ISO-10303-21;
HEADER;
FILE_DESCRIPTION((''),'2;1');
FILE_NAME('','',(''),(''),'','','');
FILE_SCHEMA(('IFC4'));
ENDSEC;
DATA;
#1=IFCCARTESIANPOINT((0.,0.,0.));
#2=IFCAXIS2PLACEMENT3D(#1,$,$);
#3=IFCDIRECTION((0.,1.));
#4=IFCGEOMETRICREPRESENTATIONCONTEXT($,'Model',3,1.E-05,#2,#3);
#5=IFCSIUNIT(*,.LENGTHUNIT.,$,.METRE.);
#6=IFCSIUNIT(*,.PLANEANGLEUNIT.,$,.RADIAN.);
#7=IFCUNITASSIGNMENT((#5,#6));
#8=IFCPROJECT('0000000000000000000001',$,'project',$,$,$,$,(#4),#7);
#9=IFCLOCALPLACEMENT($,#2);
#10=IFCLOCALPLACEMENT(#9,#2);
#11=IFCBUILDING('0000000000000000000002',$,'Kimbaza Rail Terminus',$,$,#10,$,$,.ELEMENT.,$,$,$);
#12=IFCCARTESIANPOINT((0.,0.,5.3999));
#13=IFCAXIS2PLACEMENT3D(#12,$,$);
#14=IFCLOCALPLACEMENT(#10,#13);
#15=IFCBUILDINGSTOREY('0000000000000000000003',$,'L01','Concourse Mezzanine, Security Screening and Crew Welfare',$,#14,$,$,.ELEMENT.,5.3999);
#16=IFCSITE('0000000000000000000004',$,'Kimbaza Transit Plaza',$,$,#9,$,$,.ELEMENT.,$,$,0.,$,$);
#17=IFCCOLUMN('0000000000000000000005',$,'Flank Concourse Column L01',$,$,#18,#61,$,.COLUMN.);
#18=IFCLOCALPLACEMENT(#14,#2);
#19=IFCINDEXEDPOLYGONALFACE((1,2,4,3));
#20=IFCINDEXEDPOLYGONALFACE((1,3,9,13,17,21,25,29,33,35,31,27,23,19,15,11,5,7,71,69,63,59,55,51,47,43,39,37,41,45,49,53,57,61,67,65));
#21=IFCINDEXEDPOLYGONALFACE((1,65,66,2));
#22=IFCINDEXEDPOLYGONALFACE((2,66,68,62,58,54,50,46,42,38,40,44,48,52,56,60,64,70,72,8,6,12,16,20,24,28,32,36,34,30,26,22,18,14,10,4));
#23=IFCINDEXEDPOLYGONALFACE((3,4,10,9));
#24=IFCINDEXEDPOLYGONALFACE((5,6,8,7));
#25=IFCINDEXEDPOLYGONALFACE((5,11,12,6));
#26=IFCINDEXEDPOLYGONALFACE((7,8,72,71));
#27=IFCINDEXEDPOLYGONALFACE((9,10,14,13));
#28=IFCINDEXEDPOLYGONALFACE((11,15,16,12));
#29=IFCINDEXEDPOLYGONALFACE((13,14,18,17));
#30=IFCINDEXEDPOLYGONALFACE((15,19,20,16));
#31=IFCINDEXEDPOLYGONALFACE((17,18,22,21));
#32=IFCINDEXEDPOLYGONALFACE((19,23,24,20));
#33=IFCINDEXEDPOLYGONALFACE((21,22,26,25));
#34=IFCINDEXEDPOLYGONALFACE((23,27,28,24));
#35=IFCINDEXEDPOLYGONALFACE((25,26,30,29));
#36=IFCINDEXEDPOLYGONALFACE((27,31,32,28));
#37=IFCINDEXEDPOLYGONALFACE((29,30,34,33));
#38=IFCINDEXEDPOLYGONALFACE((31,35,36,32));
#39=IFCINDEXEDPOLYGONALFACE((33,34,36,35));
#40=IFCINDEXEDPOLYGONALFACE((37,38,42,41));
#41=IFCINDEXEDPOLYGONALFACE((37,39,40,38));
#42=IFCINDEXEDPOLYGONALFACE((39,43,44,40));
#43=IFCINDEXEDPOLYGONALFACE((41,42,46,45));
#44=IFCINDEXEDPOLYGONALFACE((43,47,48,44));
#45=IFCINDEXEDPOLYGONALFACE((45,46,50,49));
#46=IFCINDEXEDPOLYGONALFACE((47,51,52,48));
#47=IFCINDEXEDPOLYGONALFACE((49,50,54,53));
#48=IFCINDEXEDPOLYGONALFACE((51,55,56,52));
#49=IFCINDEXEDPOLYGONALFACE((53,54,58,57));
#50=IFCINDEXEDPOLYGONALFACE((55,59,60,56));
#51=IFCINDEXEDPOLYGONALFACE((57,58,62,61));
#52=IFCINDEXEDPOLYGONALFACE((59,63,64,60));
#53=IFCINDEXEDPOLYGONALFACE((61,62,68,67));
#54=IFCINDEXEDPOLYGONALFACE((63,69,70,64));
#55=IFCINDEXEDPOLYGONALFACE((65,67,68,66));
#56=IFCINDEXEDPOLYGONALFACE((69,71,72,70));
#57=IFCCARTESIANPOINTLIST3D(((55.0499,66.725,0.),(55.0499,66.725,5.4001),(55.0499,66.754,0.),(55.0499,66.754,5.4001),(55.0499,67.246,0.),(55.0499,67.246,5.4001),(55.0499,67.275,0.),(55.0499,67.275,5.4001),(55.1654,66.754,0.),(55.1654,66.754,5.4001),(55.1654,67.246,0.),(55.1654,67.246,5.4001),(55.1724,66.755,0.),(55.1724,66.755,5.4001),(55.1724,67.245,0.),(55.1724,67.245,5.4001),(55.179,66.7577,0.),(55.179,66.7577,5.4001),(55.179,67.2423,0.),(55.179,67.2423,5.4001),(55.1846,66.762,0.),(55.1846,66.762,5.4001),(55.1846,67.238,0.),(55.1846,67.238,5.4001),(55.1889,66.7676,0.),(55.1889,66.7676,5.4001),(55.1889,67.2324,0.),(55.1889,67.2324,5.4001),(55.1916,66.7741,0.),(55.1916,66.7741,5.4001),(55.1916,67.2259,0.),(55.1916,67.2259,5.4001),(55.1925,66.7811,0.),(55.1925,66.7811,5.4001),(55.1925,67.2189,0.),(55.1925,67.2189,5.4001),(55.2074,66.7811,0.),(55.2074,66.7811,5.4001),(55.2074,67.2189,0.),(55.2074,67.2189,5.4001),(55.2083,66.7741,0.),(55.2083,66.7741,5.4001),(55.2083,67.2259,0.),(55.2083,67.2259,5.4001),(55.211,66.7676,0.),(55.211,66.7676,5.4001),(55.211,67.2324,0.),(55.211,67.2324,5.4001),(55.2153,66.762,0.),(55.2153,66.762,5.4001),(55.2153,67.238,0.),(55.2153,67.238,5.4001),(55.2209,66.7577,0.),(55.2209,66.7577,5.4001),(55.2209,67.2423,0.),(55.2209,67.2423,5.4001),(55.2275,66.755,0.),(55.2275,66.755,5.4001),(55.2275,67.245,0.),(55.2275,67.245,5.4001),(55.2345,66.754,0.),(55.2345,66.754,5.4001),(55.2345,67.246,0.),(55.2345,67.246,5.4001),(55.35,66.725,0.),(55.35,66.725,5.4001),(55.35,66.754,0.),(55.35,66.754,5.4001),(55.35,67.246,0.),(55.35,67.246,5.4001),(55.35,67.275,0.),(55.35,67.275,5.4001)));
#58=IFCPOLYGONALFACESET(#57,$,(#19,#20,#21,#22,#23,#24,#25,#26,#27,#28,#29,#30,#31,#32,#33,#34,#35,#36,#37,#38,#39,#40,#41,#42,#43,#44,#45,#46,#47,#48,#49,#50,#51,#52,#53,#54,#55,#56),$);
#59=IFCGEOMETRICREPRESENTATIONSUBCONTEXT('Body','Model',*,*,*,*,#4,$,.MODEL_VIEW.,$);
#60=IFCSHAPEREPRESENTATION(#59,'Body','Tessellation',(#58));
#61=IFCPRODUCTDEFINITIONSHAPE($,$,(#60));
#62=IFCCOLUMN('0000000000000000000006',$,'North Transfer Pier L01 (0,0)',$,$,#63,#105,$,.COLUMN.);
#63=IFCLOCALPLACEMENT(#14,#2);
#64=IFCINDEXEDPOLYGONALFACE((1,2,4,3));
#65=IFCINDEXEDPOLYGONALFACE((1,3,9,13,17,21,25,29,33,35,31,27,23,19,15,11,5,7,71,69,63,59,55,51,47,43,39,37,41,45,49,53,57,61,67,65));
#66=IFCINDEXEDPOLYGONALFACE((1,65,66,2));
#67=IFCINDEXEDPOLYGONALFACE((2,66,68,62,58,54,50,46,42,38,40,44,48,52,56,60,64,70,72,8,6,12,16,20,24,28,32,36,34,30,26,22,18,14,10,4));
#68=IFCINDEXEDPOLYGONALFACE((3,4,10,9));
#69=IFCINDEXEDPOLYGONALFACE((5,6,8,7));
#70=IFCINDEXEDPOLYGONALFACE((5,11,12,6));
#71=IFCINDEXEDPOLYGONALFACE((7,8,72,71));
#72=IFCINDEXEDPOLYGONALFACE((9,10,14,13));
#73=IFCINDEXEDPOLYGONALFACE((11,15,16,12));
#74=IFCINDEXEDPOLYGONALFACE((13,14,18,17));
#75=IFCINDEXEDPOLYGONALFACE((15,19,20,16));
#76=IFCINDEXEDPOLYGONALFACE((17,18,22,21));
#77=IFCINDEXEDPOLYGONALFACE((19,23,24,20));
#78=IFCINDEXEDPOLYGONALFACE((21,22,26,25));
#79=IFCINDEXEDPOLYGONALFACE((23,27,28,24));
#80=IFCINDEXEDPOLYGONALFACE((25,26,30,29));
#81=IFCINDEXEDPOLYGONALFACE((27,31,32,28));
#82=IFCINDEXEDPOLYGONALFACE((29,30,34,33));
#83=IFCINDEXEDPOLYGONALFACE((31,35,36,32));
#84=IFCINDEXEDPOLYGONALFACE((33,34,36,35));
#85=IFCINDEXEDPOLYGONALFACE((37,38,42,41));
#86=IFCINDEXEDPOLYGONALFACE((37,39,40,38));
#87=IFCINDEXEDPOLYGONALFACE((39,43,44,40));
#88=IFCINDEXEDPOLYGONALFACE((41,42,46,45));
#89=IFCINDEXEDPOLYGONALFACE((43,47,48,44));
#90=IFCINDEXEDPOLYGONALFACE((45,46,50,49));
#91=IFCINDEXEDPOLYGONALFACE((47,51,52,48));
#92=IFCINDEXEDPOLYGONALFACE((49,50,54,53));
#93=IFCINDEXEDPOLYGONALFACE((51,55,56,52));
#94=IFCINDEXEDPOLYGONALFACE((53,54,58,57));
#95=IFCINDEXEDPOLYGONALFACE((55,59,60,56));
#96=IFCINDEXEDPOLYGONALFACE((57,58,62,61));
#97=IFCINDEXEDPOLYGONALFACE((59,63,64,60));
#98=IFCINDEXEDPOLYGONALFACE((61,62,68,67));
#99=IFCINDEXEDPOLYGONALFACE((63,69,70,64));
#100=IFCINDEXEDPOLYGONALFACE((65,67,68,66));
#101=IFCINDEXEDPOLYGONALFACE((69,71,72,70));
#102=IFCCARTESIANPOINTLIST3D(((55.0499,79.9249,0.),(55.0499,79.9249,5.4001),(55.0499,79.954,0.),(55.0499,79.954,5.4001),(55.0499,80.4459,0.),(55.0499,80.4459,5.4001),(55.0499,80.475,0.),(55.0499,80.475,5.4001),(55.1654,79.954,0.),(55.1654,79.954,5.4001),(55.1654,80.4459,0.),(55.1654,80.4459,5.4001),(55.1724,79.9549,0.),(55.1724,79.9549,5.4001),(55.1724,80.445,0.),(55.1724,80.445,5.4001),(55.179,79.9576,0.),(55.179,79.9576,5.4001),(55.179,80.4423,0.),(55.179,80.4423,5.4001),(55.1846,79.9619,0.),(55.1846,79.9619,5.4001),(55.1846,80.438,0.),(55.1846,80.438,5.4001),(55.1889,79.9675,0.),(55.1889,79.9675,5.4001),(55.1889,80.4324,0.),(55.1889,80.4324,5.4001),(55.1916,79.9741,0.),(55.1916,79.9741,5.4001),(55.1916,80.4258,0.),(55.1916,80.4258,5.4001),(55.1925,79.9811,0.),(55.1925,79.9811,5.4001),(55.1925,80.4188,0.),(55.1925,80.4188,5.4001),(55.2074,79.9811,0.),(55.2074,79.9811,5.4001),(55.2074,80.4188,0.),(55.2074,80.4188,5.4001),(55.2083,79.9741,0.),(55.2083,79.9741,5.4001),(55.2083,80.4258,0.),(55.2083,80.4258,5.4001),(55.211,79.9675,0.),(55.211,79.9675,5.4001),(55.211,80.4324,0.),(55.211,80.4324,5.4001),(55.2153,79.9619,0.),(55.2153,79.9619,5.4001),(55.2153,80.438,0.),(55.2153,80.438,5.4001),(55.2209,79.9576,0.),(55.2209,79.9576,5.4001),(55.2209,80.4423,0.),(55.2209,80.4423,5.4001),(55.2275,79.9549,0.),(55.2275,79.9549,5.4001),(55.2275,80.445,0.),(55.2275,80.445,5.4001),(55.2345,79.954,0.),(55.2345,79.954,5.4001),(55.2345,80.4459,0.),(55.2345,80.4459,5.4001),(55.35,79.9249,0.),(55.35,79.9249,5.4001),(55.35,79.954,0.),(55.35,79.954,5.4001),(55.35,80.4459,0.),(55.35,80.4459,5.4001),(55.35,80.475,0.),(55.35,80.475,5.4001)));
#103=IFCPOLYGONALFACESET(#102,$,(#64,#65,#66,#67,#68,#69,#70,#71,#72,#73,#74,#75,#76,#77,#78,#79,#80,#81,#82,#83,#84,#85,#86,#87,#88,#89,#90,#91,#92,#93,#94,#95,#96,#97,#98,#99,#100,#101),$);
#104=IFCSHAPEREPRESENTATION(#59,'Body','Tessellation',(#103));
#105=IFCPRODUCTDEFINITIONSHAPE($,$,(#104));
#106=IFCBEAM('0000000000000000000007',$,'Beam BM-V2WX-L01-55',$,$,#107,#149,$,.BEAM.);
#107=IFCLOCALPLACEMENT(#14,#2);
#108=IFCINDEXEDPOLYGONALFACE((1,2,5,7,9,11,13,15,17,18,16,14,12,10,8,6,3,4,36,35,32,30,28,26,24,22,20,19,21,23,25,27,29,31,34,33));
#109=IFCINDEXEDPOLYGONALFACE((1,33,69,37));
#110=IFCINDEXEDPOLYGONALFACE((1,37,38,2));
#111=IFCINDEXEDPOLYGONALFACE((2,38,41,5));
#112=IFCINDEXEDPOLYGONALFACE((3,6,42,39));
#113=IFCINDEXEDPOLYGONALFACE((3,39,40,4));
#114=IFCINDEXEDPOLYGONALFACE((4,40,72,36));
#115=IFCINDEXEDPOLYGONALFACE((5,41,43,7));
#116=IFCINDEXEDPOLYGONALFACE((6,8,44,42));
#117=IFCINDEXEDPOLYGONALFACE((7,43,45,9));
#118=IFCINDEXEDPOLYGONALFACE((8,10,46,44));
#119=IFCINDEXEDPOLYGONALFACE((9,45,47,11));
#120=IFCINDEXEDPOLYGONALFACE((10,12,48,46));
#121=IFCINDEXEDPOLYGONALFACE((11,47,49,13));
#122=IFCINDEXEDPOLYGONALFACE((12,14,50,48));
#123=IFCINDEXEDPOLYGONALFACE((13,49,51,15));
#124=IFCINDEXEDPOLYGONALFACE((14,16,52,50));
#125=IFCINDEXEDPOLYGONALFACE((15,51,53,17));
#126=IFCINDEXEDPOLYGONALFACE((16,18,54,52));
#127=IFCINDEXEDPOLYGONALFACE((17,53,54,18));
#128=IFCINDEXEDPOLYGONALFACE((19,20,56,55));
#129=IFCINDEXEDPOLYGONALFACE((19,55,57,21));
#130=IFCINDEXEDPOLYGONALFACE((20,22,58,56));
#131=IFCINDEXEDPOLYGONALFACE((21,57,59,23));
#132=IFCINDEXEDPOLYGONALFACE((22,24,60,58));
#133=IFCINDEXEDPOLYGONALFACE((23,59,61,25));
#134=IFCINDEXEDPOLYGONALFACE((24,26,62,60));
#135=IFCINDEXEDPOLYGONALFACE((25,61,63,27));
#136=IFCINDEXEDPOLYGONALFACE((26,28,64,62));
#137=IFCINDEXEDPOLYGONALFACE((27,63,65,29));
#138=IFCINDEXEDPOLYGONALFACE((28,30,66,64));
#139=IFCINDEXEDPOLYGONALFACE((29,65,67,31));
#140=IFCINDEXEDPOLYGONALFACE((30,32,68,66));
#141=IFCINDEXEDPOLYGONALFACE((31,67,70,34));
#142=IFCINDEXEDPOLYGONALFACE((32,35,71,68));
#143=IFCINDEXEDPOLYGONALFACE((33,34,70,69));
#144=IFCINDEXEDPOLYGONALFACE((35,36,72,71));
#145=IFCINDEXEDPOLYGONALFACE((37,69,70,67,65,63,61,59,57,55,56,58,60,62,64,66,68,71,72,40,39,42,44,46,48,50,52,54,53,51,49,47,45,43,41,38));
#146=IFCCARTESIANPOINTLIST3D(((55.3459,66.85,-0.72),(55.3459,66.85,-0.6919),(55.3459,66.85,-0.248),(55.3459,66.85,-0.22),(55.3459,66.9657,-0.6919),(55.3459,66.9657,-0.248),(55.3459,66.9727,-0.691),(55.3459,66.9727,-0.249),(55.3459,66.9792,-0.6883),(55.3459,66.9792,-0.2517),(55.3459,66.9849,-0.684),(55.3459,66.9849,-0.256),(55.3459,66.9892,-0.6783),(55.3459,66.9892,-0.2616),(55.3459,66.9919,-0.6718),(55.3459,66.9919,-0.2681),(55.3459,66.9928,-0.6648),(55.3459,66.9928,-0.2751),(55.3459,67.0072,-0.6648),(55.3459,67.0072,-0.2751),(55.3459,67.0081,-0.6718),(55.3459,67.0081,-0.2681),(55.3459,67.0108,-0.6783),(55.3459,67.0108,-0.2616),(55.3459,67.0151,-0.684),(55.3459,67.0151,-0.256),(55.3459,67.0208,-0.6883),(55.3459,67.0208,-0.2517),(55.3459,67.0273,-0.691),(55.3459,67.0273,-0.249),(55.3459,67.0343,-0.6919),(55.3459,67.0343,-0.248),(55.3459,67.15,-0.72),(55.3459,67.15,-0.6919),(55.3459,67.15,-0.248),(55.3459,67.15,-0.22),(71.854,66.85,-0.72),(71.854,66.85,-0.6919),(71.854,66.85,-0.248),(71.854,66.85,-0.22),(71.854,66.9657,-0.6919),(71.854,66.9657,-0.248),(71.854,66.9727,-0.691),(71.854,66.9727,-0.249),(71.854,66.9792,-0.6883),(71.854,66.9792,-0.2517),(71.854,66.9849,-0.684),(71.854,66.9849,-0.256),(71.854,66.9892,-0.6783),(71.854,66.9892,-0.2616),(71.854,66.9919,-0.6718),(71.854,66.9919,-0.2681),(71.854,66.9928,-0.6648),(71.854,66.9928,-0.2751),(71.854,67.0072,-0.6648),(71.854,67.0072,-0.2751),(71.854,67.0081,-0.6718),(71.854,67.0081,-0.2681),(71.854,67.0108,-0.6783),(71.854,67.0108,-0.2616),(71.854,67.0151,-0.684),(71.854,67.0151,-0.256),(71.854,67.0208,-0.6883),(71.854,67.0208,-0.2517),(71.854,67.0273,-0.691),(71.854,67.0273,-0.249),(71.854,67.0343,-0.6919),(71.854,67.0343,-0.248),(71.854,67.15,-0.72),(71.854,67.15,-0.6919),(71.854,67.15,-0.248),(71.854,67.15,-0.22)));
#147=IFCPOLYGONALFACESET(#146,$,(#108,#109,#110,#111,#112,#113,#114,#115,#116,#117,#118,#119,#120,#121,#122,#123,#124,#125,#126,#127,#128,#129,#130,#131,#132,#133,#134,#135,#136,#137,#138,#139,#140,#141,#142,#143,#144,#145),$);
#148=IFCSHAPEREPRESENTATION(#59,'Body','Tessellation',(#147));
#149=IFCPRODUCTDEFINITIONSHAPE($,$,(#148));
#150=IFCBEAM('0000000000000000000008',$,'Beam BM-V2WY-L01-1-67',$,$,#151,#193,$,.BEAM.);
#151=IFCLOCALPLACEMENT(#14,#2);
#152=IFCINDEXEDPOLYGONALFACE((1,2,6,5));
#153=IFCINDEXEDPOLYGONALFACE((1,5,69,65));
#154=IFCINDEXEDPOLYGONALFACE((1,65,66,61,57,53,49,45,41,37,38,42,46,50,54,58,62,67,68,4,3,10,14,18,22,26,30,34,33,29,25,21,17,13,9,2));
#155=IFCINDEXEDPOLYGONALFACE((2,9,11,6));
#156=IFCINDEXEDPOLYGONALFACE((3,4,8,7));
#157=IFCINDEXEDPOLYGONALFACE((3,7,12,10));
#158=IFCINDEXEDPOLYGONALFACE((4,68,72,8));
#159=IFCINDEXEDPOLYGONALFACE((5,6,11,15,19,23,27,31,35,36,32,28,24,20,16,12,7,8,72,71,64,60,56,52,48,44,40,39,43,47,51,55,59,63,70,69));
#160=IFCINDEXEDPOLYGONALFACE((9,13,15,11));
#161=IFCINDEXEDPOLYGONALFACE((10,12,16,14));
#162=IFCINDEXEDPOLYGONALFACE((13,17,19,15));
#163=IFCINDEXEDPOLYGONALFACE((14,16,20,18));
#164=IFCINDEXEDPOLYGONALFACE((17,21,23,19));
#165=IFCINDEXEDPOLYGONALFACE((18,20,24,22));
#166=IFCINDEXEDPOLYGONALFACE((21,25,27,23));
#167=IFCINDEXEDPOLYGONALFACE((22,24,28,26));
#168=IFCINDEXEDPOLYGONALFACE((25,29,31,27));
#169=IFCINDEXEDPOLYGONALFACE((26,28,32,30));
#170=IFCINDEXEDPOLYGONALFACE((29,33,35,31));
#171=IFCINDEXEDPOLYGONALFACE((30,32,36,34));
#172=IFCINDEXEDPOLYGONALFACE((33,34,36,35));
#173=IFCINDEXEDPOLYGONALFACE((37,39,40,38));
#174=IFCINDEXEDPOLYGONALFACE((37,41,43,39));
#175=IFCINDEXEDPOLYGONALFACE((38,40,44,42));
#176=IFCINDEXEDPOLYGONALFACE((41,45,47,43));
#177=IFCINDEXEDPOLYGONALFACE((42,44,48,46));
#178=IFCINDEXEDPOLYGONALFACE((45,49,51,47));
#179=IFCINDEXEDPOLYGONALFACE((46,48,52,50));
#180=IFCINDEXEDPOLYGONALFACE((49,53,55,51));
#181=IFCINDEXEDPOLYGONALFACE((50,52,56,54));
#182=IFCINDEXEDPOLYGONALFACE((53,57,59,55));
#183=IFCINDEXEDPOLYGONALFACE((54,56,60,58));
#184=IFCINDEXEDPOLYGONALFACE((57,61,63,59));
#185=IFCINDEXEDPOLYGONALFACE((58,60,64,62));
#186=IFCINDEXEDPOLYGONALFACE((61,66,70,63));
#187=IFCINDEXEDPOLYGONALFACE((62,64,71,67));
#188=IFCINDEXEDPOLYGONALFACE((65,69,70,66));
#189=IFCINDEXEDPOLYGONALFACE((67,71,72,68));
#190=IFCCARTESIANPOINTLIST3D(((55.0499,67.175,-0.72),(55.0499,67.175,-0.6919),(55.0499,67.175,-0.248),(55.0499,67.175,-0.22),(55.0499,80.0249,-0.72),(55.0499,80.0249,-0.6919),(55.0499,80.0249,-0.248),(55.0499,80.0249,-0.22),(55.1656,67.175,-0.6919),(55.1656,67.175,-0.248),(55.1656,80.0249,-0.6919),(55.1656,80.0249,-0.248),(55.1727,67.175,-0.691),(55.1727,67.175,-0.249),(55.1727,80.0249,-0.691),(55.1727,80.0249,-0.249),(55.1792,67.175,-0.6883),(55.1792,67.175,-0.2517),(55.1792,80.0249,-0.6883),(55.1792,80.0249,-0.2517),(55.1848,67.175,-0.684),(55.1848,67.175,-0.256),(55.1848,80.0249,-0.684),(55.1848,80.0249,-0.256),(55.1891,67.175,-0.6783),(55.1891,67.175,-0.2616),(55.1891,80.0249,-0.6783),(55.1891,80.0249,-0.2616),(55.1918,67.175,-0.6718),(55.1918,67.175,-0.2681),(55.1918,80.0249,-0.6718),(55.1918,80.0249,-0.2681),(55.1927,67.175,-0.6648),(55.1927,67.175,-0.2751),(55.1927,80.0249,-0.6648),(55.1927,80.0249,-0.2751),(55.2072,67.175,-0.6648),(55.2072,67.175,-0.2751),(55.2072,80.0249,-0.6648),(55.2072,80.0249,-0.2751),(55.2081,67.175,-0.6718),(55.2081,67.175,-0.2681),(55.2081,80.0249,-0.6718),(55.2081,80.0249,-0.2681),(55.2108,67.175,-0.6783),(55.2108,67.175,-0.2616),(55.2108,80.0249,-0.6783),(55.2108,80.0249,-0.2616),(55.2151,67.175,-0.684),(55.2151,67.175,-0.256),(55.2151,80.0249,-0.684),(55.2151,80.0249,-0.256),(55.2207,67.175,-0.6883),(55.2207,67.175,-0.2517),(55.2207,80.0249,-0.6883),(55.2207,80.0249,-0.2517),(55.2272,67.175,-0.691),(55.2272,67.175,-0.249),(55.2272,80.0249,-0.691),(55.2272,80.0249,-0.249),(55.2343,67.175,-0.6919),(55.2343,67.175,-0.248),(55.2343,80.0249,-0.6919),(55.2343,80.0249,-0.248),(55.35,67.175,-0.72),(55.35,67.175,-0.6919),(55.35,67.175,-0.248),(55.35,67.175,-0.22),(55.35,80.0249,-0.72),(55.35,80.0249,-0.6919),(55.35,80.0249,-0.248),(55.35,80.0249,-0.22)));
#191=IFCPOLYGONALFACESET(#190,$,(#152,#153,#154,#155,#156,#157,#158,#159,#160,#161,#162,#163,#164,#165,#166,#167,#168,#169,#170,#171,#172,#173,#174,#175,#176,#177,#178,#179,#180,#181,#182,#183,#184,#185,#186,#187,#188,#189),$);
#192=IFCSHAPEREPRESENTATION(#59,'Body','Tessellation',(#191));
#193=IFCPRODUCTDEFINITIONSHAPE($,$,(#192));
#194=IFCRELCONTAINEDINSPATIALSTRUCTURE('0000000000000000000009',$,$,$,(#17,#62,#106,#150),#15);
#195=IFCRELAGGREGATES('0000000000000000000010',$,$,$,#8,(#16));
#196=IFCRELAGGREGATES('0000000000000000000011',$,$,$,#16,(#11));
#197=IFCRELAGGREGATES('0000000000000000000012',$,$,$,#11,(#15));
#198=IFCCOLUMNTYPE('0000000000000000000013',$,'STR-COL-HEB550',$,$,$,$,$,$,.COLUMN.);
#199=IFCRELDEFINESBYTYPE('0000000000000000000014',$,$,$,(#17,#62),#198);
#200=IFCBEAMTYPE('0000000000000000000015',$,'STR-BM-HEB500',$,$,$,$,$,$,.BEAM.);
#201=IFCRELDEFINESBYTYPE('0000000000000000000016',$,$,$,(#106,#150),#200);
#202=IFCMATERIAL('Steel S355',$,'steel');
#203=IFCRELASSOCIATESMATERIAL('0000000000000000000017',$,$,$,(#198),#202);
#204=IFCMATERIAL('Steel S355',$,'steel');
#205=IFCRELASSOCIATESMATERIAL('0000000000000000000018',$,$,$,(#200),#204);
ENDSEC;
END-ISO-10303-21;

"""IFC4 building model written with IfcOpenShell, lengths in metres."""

from ifc_helpers import new_model, si_unit, direction, frame, origin, origin_2d, place, context, subcontext, project, spatial, i_section, extrude, material, material_profile, profile_set, type_object, element, save


model = new_model("IFC4")

# Units and contexts
model_context = context("Model", 3, precision=1e-05, world=origin(), true_north=direction((0.0, 1.0)))
body_context = subcontext(model_context, "Body", "Model", "MODEL_VIEW")
ifc_project = project(units=[si_unit("LENGTHUNIT", "METRE"), si_unit("PLANEANGLEUNIT", "RADIAN")], contexts=[model_context])

# Site, building, storey
site_placement = place(None, origin())
site = spatial("IfcSite", under=ifc_project, at=site_placement, Name="Kimbaza Transit Plaza", CompositionType="ELEMENT", RefElevation=0.0)
building_placement = place(site_placement, origin())
building = spatial("IfcBuilding", under=site, at=building_placement, Name="Kimbaza Rail Terminus", CompositionType="ELEMENT")
storey_placement = place(building_placement, frame((0.0, 0.0, 5.3999)))
storey = spatial("IfcBuildingStorey", under=building, at=storey_placement, Name="L01", Description="Concourse Mezzanine, Security Screening and Crew Welfare", CompositionType="ELEMENT", Elevation=5.3999)

# Columns
ifc_material_1 = material(Name="Steel S355", Category="steel")
ifc_material_profile_1 = material_profile(ifc_material_1, i_section(OverallWidth=0.3, OverallDepth=0.55, WebThickness=0.0149, FlangeThickness=0.0291, FilletRadius=0.0271, at=origin_2d()), Name="HEB 550")
ifc_profile_set_1 = profile_set([ifc_material_profile_1], Name="Steel S355")
column_type = type_object("IfcColumnType", Name="STR-COL-HEB550", PredefinedType="COLUMN", material=ifc_profile_set_1)
for number, where, z_axis, x_axis, name in (
    (1, (55.2, 67.0, 0.0), (0.0, 0.0, 1.0), (1.0, 0.0, 0.0), "Flank Concourse Column L01"),
    (2, (55.2, 80.2, 0.0), (0.0, 0.0, 1.0), (1.0, 0.0, 0.0), "North Transfer Pier L01 (0,0)"),
):
    element("IfcColumn", number, at=place(storey_placement, frame(where, z_axis=z_axis, x_axis=x_axis)), inside=storey, type_object=column_type, Name=name, PredefinedType="COLUMN", context=body_context, shape_type="SweptSolid", body=[
        extrude(i_section(OverallWidth=0.3, OverallDepth=0.55, WebThickness=0.0149, FlangeThickness=0.0291, FilletRadius=0.0271, at=origin_2d()), origin(), (0.0, 0.0, 1.0), 5.4001),
    ])

# Beams
ifc_material_2 = material(Name="Steel S355", Category="steel")
ifc_material_profile_2 = material_profile(ifc_material_2, i_section(OverallWidth=0.3, OverallDepth=0.5, WebThickness=0.0144, FlangeThickness=0.0281, FilletRadius=0.0271, at=origin_2d()), Name="HEB 500")
ifc_profile_set_2 = profile_set([ifc_material_profile_2], Name="Steel S355")
beam_type_1 = type_object("IfcBeamType", Name="STR-BM-HEB500", PredefinedType="BEAM", material=ifc_profile_set_2)
beam_1_placement = place(storey_placement, frame((55.3459, 67.0, -0.47), z_axis=(1.0, 0.0, 0.0), x_axis=(0.0, 1.0, 0.0)))
element("IfcBeam", 3, at=beam_1_placement, inside=storey, type_object=beam_type_1, Name="Beam BM-V2WX-L01-55", PredefinedType="BEAM", context=body_context, shape_type="SweptSolid", body=[
    extrude(i_section(OverallWidth=0.3, OverallDepth=0.5, WebThickness=0.0144, FlangeThickness=0.0281, FilletRadius=0.0271, at=origin_2d()), origin(), (0.0, 0.0, 1.0), 16.5081),
])
beam_2_placement = place(storey_placement, frame((55.2, 67.175, -0.47), z_axis=(0.0, 1.0, 0.0), x_axis=(-1.0, 0.0, 0.0)))
element("IfcBeam", 4, at=beam_2_placement, inside=storey, type_object=beam_type_1, Name="Beam BM-V2WY-L01-1-67", PredefinedType="BEAM", context=body_context, shape_type="SweptSolid", body=[
    extrude(i_section(OverallWidth=0.3, OverallDepth=0.5, WebThickness=0.0144, FlangeThickness=0.0281, FilletRadius=0.0271, at=origin_2d()), origin(), (0.0, 0.0, 1.0), 12.8499),
])

save(model, "model.ifc")
